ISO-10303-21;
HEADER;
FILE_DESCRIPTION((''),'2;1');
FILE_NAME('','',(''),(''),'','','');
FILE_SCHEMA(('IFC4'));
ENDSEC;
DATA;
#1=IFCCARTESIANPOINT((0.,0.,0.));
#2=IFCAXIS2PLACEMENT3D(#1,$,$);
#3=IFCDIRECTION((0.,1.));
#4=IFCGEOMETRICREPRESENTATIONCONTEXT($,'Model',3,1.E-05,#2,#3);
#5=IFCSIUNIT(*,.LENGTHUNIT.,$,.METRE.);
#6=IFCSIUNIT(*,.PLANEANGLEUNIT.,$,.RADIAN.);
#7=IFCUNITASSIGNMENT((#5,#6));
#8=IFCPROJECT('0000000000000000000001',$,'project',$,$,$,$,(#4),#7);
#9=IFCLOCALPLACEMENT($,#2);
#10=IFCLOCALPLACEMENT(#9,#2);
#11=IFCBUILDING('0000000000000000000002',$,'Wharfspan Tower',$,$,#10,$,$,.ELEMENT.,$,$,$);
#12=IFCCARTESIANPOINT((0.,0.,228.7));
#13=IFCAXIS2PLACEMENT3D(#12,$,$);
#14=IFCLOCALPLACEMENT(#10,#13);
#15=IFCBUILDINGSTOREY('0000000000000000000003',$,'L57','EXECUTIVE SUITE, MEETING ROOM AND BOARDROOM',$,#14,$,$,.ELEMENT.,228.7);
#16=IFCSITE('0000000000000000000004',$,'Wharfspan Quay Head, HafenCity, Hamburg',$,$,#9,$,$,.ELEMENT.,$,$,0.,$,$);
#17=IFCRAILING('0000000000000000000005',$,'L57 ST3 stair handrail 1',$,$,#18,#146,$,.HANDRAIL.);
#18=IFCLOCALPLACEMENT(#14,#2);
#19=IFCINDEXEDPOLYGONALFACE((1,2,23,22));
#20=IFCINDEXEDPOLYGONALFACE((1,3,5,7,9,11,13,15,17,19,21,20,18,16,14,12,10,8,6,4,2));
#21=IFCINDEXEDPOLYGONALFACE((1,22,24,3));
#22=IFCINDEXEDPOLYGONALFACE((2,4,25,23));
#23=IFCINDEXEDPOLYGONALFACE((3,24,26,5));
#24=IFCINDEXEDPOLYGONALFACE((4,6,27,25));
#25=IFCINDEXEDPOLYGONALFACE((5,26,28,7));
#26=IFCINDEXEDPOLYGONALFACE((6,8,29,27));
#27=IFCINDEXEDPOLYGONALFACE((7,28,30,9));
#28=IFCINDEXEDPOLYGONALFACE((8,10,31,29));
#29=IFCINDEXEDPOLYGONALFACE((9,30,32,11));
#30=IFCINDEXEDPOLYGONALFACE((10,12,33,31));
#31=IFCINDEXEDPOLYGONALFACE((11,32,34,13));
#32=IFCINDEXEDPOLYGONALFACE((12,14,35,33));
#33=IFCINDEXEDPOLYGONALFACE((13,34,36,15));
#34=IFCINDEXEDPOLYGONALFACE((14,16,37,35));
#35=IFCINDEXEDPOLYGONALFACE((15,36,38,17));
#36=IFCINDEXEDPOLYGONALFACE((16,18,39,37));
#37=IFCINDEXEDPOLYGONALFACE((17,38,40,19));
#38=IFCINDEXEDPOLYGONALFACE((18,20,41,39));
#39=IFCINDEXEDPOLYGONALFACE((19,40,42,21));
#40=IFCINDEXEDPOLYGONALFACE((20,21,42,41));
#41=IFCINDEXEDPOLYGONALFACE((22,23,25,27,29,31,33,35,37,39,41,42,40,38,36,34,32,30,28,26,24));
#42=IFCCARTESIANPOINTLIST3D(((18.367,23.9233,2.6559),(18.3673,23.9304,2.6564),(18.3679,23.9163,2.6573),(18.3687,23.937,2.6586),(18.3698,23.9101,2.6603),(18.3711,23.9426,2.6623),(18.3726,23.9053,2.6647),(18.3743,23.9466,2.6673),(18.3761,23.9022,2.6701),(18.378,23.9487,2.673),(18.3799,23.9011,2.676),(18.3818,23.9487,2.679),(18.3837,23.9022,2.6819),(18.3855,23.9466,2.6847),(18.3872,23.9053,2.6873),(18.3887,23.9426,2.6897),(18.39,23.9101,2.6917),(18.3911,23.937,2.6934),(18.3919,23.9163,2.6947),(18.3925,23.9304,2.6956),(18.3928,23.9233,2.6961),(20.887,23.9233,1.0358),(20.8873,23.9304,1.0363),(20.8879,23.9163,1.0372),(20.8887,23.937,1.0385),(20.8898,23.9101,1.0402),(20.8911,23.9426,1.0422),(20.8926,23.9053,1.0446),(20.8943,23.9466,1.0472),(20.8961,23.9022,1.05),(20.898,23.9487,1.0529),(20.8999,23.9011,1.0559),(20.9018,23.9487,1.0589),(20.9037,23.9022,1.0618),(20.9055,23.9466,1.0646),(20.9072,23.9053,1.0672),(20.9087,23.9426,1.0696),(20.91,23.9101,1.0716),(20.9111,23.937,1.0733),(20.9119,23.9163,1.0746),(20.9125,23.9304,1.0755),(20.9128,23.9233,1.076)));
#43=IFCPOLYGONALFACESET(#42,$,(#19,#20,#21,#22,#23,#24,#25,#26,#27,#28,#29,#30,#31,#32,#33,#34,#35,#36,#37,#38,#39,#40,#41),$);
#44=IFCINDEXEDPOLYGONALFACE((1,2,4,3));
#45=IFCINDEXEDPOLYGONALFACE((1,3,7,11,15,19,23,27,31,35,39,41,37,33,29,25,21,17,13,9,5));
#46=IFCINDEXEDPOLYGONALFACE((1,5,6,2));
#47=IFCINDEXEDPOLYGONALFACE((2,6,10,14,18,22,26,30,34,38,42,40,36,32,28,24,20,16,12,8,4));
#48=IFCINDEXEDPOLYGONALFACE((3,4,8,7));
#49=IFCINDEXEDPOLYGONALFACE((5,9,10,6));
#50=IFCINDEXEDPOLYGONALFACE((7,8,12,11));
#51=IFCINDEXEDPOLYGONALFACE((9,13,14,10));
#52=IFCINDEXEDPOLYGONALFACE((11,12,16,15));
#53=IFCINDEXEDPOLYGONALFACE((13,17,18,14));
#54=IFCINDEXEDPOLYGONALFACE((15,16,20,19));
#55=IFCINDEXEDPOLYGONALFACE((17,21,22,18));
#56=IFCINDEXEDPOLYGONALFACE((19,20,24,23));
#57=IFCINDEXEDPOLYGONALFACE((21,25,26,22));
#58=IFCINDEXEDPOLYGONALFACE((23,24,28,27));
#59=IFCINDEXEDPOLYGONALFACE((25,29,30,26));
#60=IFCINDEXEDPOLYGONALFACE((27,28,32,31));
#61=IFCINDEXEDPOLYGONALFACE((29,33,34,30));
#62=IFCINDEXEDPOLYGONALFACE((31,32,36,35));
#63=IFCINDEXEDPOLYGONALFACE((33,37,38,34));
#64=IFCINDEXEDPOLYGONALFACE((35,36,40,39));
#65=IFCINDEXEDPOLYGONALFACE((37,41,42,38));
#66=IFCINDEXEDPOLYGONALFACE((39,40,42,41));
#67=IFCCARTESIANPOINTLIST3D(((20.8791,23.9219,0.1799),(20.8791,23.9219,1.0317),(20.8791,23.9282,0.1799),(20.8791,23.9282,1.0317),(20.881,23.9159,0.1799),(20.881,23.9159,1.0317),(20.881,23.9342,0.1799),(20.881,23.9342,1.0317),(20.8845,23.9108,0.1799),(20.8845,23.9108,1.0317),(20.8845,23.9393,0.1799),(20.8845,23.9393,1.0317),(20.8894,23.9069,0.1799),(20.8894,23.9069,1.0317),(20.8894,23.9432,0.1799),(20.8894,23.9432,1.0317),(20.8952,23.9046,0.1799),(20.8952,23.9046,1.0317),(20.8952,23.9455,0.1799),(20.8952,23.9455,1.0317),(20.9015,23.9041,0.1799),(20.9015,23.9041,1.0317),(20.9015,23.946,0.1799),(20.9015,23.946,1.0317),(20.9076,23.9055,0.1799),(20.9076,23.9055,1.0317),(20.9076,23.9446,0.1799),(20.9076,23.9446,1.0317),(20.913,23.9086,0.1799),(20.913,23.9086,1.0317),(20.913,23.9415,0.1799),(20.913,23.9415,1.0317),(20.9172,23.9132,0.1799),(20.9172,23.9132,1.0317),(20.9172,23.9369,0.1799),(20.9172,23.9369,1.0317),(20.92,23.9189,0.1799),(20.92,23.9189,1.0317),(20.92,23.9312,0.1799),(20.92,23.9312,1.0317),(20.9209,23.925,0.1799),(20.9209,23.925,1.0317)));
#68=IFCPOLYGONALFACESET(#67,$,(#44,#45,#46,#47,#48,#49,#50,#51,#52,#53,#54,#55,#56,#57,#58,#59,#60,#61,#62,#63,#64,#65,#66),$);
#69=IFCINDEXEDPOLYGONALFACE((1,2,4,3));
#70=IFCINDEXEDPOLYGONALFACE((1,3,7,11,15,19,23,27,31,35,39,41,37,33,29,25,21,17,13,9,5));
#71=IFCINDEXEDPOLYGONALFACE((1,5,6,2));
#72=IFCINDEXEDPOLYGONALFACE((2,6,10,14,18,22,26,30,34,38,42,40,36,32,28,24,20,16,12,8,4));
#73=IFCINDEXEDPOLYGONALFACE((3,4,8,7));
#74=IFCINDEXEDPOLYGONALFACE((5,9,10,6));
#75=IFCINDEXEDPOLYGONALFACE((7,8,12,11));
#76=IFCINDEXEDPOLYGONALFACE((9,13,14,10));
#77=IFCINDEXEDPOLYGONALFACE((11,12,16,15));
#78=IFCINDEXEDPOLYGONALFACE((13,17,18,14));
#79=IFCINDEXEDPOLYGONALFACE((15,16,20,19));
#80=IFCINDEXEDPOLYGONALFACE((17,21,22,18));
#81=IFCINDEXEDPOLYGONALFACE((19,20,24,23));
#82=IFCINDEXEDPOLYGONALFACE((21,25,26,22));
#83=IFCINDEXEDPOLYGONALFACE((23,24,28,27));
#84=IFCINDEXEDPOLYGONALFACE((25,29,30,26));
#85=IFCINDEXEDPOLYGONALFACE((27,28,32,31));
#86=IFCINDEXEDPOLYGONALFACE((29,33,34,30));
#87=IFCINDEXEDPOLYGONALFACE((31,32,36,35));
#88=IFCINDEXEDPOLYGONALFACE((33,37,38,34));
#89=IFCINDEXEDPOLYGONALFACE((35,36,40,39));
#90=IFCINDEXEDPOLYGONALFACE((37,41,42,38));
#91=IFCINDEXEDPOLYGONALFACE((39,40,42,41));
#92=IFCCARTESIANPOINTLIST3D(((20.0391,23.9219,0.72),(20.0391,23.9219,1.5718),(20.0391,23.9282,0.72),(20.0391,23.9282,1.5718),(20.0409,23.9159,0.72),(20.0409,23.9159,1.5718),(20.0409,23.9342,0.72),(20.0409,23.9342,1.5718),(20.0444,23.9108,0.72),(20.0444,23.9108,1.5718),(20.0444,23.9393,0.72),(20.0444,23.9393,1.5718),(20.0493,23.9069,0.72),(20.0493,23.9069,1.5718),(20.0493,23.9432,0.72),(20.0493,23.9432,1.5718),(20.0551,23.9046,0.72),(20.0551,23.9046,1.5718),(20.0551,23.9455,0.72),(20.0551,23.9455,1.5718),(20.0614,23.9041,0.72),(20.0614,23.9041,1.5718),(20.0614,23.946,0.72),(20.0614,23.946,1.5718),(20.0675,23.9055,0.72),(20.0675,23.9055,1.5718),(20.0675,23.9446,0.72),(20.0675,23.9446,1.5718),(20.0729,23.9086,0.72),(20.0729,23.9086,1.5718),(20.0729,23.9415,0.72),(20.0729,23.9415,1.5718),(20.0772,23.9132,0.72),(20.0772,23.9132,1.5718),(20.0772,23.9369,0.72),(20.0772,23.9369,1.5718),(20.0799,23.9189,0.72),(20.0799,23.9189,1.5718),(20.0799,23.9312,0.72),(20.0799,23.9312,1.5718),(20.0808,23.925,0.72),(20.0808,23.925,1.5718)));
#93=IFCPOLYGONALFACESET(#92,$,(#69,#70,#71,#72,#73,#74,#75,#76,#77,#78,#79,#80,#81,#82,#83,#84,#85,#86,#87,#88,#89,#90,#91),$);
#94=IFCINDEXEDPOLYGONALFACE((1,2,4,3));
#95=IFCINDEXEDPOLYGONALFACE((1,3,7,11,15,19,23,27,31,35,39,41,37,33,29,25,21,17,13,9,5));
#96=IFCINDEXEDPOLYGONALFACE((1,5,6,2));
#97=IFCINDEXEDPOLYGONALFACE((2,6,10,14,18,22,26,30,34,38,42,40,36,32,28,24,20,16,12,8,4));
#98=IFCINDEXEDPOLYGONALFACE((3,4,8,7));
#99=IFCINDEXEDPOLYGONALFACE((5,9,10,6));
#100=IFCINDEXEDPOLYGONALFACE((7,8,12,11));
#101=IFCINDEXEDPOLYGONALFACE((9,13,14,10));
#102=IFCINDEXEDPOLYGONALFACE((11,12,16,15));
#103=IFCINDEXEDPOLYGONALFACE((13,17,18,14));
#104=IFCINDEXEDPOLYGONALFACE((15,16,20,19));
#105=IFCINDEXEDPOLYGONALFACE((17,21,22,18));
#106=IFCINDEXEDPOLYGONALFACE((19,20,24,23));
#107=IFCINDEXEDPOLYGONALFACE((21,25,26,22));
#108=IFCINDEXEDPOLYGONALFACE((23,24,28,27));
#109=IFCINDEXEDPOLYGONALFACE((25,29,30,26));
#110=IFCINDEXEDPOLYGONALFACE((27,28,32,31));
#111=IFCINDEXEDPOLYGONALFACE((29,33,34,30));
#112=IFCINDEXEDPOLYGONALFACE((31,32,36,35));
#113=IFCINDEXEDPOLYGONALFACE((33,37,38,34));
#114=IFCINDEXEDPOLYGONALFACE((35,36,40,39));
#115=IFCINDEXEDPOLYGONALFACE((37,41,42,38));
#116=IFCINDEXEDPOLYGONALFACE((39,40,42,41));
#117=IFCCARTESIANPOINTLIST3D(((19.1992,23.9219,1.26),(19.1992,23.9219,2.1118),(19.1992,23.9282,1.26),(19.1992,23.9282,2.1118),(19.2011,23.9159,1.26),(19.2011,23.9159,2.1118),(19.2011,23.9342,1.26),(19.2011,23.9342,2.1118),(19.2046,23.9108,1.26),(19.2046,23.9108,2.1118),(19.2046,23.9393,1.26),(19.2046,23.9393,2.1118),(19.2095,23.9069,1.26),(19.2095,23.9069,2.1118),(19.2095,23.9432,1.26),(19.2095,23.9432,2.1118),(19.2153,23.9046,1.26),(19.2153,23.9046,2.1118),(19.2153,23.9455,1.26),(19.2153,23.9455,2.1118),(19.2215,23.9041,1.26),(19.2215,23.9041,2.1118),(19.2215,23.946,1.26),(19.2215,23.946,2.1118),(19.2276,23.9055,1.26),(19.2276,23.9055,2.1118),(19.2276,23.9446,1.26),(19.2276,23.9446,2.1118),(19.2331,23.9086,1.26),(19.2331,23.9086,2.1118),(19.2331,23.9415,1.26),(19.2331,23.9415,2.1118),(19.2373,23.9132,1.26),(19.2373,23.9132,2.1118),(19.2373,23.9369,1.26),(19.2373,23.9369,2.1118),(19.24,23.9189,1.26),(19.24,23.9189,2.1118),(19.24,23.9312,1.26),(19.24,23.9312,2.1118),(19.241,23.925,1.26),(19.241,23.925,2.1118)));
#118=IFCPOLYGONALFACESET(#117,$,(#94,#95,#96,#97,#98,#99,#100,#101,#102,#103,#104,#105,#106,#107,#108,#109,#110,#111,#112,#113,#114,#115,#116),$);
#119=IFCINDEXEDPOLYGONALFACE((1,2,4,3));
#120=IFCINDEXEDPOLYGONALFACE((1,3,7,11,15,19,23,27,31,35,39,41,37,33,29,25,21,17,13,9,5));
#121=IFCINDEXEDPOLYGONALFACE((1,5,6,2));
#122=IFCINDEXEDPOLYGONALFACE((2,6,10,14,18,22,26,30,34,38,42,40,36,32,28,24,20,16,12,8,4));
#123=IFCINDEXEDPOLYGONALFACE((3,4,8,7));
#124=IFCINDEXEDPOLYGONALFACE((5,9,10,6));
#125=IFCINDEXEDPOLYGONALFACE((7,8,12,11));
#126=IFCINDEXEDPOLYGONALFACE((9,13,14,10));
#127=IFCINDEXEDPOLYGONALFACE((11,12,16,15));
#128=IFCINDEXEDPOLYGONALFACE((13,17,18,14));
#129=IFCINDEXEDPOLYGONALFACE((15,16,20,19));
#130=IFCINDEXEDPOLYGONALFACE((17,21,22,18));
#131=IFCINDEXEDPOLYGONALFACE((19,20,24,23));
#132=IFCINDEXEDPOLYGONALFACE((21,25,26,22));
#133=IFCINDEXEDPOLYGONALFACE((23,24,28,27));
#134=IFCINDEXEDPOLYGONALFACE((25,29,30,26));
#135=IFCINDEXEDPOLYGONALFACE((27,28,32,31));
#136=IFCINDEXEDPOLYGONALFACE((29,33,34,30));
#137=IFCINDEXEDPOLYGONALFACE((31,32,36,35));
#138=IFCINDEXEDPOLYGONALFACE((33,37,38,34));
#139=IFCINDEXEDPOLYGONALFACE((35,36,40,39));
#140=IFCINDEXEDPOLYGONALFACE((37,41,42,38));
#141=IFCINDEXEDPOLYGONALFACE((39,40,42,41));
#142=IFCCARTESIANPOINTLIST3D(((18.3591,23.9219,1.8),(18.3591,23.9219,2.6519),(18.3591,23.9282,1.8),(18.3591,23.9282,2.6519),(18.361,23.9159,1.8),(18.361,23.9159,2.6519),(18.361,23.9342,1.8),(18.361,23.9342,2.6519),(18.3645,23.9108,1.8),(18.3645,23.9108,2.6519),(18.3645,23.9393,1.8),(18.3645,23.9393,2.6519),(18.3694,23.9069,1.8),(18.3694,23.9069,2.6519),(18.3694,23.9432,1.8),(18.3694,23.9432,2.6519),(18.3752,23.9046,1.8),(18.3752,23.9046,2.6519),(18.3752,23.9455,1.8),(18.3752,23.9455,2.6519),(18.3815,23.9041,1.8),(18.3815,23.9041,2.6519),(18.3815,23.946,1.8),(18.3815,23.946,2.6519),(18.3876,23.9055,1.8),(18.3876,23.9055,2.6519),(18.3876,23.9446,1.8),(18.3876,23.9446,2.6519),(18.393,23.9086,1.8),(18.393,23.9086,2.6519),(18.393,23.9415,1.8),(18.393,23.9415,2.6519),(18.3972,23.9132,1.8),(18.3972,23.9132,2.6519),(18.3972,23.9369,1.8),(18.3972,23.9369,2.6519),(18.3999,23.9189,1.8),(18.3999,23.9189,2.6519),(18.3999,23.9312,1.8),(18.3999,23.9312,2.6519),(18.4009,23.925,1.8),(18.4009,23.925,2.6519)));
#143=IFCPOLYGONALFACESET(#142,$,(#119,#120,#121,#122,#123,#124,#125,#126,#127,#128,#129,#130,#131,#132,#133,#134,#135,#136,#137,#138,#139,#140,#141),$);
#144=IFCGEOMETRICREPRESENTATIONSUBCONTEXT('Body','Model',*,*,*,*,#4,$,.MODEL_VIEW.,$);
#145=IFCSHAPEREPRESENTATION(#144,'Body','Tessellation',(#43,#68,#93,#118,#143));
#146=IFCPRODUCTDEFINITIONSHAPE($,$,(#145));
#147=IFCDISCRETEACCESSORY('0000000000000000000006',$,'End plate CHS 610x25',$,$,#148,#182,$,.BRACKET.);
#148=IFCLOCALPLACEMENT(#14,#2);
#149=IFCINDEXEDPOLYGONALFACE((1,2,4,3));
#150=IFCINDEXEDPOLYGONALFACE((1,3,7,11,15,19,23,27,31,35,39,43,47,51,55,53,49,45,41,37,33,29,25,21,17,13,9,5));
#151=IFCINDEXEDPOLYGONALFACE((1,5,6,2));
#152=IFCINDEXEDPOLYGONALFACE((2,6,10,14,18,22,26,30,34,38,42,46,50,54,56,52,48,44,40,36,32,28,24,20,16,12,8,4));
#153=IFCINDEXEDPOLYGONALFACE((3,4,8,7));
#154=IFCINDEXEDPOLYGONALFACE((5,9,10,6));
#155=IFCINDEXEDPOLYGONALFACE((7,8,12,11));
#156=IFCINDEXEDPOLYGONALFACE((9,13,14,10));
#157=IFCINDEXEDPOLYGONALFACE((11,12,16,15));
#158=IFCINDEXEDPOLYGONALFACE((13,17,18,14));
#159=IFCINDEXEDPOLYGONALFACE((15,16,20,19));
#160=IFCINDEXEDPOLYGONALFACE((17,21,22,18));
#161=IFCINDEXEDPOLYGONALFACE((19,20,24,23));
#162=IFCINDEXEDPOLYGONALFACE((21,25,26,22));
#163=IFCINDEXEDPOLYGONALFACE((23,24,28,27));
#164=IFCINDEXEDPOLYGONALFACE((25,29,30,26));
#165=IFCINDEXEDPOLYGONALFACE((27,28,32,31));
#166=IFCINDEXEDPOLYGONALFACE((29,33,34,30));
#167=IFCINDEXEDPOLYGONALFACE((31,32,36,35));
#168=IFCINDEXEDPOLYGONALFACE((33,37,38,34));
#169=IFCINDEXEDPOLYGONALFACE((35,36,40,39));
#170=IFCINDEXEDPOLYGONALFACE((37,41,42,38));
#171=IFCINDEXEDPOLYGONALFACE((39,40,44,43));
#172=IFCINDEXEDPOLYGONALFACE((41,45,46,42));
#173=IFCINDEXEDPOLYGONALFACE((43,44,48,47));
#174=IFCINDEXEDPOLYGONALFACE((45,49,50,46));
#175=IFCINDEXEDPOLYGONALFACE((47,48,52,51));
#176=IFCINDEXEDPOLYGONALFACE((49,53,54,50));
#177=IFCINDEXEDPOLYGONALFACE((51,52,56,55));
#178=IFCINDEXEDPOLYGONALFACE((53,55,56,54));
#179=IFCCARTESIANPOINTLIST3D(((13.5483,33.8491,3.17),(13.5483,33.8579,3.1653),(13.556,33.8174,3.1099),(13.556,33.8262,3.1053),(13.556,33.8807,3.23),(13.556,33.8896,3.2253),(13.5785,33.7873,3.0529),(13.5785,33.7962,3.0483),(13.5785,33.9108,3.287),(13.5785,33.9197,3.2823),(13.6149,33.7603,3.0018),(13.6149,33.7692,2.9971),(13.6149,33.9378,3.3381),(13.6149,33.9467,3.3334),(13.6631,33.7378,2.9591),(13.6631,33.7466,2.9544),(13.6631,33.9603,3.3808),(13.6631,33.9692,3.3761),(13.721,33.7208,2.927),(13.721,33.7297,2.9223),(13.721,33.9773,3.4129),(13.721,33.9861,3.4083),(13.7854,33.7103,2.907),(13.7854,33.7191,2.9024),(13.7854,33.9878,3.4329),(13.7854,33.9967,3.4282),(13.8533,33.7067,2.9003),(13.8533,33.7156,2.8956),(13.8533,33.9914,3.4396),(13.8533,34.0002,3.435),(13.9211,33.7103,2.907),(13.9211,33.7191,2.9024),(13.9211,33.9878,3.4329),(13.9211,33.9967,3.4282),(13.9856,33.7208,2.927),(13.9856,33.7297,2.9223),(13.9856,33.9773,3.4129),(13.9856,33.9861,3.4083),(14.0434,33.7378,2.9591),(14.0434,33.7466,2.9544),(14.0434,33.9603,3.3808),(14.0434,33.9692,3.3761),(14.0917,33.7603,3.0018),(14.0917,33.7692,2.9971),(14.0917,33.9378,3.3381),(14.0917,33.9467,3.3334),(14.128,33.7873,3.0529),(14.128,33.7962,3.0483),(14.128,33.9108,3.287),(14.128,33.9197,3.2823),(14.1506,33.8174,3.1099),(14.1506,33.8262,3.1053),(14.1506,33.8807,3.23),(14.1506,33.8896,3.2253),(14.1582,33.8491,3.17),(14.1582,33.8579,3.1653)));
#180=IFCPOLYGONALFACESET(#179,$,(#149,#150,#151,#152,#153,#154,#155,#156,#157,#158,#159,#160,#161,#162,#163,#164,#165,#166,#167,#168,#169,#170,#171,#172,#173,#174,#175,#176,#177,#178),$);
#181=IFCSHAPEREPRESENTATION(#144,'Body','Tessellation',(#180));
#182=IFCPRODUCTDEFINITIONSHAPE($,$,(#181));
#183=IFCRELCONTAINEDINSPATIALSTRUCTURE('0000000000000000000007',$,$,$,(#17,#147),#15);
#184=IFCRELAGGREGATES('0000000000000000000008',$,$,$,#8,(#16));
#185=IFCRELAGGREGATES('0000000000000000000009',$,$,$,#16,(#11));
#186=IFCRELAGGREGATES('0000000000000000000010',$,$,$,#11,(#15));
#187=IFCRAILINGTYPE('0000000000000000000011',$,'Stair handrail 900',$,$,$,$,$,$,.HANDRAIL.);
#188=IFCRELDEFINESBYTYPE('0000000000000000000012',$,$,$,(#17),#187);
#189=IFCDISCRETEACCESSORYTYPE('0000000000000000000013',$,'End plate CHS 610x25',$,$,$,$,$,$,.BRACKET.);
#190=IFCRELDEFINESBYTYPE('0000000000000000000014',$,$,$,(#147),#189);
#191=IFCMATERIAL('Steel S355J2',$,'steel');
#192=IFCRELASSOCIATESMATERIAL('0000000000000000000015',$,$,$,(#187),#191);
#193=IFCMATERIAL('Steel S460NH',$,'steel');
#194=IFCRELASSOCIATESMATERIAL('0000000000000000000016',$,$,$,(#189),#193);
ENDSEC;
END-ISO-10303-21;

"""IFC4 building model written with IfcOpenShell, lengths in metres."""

from ifc_helpers import new_model, si_unit, direction, frame, origin, origin_2d, place, context, subcontext, project, spatial, circle, extrude, material, material_profile, profile_set, type_object, element, save


model = new_model("IFC4")

# Units and contexts
model_context = context("Model", 3, precision=1e-05, world=origin(), true_north=direction((0.0, 1.0)))
body_context = subcontext(model_context, "Body", "Model", "MODEL_VIEW")
ifc_project = project(units=[si_unit("LENGTHUNIT", "METRE"), si_unit("PLANEANGLEUNIT", "RADIAN")], contexts=[model_context])

# Site, building, storey
site_placement = place(None, origin())
site = spatial("IfcSite", under=ifc_project, at=site_placement, Name="Wharfspan Quay Head, HafenCity, Hamburg", CompositionType="ELEMENT", RefElevation=0.0)
building_placement = place(site_placement, origin())
building = spatial("IfcBuilding", under=site, at=building_placement, Name="Wharfspan Tower", CompositionType="ELEMENT")
storey_placement = place(building_placement, frame((0.0, 0.0, 228.7)))
storey = spatial("IfcBuildingStorey", under=building, at=storey_placement, Name="L57", Description="EXECUTIVE SUITE, MEETING ROOM AND BOARDROOM", CompositionType="ELEMENT", Elevation=228.7)

# Shared definitions
ifc_material_1 = material(Name="Steel S355J2", Category="steel")

# Shared definitions
ifc_material_2 = material(Name="Steel S460NH", Category="steel")

# Railing
railing_type_1 = type_object("IfcRailingType", Name="Stair handrail 900", PredefinedType="HANDRAIL", material=ifc_material_1)
railing_1_placement = place(storey_placement, frame((20.8999, 23.925, 0.1799)))
element("IfcRailing", 1, at=railing_1_placement, inside=storey, type_object=railing_type_1, Name="L57 ST3 stair handrail 1", PredefinedType="HANDRAIL", context=body_context, shape_type="SweptSolid", body=[
    extrude(circle(Radius=0.0239, at=origin_2d()), frame((0.0, 0.0, 0.876), z_axis=(-0.841163, 0.0, 0.540782), x_axis=(0.0, -1.0, 0.0)), (0.0, 0.0, 1.0), 2.9958),
    extrude(circle(Radius=0.021, at=origin_2d()), origin(), (0.0, 0.0, 1.0), 0.8518),
    extrude(circle(Radius=0.021, at=origin_2d()), frame((-0.8401, 0.0, 0.54)), (0.0, 0.0, 1.0), 0.8518),
    extrude(circle(Radius=0.021, at=origin_2d()), frame((-1.6799, 0.0, 1.0801)), (0.0, 0.0, 1.0), 0.8518),
    extrude(circle(Radius=0.021, at=origin_2d()), frame((-2.52, 0.0, 1.6201)), (0.0, 0.0, 1.0), 0.8518),
])

# Discrete accessory
ifc_material_profile_1 = material_profile(ifc_material_2, circle(Radius=0.3049, at=origin_2d()))
ifc_profile_set_1 = profile_set([ifc_material_profile_1], Name="Steel S460NH")
discrete_accessory_type = type_object("IfcDiscreteAccessoryType", Name="End plate CHS 610x25", PredefinedType="BRACKET", material=ifc_profile_set_1)
discrete_accessory_placement = place(storey_placement, frame((13.8533, 33.8579, 3.1653), z_axis=(0.0, -0.884385, 0.466759), x_axis=(1.0, 0.0, 0.0)))
element("IfcDiscreteAccessory", 2, at=discrete_accessory_placement, inside=storey, type_object=discrete_accessory_type, Name="End plate CHS 610x25", PredefinedType="BRACKET", context=body_context, shape_type="SweptSolid", body=[
    extrude(circle(Radius=0.3049, at=origin_2d()), origin(), (0.0, 0.0, 1.0), 0.01),
])

save(model, "model.ifc")
